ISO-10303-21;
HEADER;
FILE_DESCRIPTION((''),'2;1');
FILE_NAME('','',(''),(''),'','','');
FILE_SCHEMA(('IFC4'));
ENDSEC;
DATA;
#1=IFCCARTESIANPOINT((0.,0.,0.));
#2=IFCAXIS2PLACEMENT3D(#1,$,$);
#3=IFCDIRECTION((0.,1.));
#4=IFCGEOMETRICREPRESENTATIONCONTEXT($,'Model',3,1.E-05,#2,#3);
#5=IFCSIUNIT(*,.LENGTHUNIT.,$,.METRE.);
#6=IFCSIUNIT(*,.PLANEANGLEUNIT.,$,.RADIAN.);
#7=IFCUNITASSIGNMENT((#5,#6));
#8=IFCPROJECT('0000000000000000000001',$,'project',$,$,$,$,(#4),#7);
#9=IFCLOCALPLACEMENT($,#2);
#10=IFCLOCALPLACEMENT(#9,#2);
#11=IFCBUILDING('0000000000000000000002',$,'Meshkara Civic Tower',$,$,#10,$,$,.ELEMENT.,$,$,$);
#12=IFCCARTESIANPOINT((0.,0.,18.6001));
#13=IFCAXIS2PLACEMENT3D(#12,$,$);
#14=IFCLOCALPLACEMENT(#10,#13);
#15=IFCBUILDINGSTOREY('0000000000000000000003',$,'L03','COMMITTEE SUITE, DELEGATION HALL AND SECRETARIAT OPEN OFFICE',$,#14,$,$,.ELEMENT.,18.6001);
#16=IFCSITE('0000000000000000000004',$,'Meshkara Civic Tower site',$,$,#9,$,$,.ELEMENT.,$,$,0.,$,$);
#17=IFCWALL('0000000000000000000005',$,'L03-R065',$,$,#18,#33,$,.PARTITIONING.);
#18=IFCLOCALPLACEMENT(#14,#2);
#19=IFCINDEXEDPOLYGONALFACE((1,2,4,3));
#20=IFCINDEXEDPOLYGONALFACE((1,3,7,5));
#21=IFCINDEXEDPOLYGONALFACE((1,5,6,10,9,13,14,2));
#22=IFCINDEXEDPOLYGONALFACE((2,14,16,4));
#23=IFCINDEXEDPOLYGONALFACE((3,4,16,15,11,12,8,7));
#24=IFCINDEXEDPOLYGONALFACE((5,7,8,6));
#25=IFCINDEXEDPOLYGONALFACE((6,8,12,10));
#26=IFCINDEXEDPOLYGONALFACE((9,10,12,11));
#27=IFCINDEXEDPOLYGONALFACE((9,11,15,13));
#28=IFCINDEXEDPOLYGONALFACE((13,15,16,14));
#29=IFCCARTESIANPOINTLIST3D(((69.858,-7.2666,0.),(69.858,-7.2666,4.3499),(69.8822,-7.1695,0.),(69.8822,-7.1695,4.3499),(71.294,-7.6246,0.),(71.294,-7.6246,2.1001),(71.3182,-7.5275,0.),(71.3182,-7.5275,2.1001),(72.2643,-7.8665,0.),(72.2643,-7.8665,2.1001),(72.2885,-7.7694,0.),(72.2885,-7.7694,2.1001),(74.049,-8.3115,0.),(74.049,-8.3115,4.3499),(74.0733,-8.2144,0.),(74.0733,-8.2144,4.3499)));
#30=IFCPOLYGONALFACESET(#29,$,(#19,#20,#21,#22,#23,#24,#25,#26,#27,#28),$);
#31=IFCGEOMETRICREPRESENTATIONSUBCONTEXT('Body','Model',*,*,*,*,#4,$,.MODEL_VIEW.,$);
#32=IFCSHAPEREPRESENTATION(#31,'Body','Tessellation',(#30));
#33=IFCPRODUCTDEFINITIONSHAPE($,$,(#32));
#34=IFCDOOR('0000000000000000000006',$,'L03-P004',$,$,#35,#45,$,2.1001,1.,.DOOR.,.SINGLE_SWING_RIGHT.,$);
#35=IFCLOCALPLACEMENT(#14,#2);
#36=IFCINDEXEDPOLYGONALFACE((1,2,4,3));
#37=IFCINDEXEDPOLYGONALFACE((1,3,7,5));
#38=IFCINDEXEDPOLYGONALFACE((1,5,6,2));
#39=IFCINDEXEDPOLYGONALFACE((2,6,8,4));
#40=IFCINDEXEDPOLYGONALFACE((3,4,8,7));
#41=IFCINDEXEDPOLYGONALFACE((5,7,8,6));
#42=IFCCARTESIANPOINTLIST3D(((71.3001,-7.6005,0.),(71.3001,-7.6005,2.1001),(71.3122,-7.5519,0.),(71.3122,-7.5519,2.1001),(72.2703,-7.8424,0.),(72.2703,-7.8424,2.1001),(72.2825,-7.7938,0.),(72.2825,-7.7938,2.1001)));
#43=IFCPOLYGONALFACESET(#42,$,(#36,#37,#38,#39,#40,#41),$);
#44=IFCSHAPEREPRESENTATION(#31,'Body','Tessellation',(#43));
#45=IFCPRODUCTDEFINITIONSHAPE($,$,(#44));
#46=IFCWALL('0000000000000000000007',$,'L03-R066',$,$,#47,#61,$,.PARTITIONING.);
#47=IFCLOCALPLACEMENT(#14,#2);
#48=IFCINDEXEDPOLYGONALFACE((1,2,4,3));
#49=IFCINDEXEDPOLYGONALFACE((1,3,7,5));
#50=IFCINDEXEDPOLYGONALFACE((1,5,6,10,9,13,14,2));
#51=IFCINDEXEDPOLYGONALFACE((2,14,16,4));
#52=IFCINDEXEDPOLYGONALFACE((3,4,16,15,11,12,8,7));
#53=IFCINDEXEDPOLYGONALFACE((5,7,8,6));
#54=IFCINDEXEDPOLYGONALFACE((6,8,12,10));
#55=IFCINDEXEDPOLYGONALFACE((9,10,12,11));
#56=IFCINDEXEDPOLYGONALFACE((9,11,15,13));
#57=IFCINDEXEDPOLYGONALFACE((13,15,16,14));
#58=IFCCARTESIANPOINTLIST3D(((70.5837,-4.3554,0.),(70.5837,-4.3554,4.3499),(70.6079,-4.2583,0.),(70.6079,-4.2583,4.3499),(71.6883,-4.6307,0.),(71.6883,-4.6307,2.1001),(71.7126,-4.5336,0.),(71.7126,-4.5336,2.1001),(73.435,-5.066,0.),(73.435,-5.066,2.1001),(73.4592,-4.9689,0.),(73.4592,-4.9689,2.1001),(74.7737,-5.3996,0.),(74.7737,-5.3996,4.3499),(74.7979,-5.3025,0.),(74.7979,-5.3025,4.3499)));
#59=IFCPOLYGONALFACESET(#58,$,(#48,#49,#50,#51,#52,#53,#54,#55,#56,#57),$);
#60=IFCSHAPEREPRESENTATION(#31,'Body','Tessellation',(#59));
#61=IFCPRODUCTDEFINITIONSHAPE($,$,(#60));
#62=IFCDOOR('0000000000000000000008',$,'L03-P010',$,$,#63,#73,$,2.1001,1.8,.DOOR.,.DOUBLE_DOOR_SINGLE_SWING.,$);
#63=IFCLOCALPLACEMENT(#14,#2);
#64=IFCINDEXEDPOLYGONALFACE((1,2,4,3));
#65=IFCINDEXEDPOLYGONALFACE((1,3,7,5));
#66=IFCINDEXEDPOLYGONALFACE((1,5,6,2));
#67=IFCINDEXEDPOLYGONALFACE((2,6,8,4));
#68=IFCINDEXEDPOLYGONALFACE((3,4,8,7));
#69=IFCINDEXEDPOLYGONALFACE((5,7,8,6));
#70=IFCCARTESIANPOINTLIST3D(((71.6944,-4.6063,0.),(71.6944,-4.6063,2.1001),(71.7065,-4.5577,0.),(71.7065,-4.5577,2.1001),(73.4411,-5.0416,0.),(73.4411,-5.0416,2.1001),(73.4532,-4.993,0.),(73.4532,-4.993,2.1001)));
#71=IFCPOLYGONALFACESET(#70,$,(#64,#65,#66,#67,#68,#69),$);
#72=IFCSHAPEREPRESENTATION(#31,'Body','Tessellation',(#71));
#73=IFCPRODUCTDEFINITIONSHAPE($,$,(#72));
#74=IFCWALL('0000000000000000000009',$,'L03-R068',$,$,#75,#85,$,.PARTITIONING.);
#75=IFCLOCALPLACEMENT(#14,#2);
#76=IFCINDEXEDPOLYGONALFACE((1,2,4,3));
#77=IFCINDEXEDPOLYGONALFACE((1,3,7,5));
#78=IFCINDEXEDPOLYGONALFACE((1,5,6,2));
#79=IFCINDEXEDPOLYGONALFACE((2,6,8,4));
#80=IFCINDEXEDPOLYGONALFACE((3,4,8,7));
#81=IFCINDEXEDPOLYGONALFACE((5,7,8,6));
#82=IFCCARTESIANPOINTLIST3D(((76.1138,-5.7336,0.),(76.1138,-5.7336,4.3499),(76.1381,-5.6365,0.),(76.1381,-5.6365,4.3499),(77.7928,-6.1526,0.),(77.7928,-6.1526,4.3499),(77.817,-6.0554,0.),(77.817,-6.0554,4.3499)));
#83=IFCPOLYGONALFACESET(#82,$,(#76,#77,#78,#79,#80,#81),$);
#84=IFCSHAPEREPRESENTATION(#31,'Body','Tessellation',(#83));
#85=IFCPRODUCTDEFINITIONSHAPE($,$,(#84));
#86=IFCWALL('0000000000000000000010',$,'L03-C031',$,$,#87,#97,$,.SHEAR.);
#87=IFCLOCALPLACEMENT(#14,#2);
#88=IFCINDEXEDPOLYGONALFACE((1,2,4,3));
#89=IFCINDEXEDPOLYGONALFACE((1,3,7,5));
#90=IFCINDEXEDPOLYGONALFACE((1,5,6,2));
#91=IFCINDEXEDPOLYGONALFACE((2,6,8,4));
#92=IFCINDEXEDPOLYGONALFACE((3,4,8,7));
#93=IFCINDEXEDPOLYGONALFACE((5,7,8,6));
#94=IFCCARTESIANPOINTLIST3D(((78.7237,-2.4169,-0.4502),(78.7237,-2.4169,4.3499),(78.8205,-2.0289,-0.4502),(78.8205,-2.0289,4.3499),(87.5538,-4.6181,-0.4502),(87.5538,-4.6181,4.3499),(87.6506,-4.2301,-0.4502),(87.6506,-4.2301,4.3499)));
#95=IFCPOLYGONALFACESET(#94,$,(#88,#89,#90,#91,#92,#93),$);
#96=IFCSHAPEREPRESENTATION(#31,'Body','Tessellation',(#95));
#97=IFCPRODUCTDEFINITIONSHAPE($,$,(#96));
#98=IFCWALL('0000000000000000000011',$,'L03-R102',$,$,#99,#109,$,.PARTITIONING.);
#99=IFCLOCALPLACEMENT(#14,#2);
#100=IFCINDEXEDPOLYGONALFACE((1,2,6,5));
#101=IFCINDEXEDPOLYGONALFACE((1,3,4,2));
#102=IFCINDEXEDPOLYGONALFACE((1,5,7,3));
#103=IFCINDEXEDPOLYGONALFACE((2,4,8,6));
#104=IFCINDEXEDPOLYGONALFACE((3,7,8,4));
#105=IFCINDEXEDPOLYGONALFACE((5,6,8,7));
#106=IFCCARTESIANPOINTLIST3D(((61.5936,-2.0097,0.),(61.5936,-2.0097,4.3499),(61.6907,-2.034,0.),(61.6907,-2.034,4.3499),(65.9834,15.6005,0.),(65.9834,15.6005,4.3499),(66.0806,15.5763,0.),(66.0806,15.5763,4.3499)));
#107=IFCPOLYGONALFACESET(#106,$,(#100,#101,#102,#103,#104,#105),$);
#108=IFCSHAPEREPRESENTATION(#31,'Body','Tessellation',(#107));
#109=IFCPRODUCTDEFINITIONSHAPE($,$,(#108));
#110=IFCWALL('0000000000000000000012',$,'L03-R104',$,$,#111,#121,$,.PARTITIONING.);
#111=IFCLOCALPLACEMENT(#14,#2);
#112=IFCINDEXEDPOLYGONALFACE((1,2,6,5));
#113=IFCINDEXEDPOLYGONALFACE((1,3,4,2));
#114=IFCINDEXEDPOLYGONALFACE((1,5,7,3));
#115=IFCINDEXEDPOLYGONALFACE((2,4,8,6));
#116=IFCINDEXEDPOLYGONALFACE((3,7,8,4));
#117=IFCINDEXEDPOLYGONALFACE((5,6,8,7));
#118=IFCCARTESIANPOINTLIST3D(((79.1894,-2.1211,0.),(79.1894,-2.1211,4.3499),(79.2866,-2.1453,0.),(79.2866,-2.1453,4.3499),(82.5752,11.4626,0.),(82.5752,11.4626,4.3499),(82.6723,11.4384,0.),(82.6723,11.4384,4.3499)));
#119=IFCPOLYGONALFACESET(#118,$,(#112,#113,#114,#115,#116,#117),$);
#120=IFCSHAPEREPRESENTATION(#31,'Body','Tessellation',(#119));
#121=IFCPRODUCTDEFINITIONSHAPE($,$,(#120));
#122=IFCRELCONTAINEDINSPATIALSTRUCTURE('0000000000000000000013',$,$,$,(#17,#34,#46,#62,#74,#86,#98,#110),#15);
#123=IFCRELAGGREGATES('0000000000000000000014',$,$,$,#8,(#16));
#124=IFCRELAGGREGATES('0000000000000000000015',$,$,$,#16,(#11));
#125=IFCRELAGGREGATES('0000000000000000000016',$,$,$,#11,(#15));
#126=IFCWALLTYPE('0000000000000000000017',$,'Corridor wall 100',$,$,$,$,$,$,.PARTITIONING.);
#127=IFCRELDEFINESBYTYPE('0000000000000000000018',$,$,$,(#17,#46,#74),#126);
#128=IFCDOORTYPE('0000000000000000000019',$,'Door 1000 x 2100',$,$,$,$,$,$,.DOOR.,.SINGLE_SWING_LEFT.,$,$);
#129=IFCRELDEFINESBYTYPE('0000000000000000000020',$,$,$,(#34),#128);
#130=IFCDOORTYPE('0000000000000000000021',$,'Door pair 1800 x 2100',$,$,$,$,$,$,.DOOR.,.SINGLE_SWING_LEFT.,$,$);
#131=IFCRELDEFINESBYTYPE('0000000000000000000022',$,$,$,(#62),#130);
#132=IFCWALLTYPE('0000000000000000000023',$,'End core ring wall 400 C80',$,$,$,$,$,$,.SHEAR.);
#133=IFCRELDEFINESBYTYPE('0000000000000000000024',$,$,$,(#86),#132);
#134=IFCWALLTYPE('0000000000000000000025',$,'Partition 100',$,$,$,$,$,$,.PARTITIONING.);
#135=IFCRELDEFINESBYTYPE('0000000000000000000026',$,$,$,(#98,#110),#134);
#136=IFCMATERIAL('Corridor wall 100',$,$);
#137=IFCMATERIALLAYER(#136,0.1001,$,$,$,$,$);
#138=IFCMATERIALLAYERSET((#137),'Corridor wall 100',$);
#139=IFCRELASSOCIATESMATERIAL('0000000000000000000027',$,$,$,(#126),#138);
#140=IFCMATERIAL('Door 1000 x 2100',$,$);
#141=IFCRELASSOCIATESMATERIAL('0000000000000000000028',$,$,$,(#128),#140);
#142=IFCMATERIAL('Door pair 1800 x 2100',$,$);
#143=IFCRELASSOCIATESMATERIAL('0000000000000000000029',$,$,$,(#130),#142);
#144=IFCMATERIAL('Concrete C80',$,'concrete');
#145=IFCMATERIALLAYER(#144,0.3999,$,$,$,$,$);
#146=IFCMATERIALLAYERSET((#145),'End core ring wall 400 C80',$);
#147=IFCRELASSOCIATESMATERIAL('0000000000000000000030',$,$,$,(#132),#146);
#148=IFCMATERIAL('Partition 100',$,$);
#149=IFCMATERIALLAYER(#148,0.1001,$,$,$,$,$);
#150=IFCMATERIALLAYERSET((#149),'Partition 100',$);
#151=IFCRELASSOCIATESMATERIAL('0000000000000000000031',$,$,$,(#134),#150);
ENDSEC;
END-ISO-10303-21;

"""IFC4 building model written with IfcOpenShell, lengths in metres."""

from ifc_helpers import new_model, si_unit, direction, frame, frame_2d, origin, place, context, subcontext, project, spatial, rectangle, extrude, material, layer, layer_set, type_object, element, fill, save


model = new_model("IFC4")

# Units and contexts
model_context = context("Model", 3, precision=1e-05, world=origin(), true_north=direction((0.0, 1.0)))
body_context = subcontext(model_context, "Body", "Model", "MODEL_VIEW")
ifc_project = project(units=[si_unit("LENGTHUNIT", "METRE"), si_unit("PLANEANGLEUNIT", "RADIAN")], contexts=[model_context])

# Site, building, storey
site_placement = place(None, origin())
site = spatial("IfcSite", under=ifc_project, at=site_placement, Name="Meshkara Civic Tower site", CompositionType="ELEMENT", RefElevation=0.0)
building_placement = place(site_placement, origin())
building = spatial("IfcBuilding", under=site, at=building_placement, Name="Meshkara Civic Tower", CompositionType="ELEMENT")
storey_placement = place(building_placement, frame((0.0, 0.0, 18.6001)))
storey = spatial("IfcBuildingStorey", under=building, at=storey_placement, Name="L03", Description="COMMITTEE SUITE, DELEGATION HALL AND SECRETARIAT OPEN OFFICE", CompositionType="ELEMENT", Elevation=18.6001)

# Shared definitions
ifc_material_1 = material(Name="Corridor wall 100")
ifc_layer_1 = layer(ifc_material_1, 0.1001)
ifc_layer_set_1 = layer_set([ifc_layer_1], Name="Corridor wall 100")
wall_type_1 = type_object("IfcWallType", Name="Corridor wall 100", PredefinedType="PARTITIONING", material=ifc_layer_set_1)
ifc_material_2 = material(Name="Door 1000 x 2100")
door_type_1 = type_object("IfcDoorType", Name="Door 1000 x 2100", OperationType="SINGLE_SWING_LEFT", PredefinedType="DOOR", material=ifc_material_2)
ifc_material_3 = material(Name="Door pair 1800 x 2100")
door_type_2 = type_object("IfcDoorType", Name="Door pair 1800 x 2100", OperationType="SINGLE_SWING_LEFT", PredefinedType="DOOR", material=ifc_material_3)

# Walls, openings, doors
wall_1_placement = place(storey_placement, frame((69.8701, -7.218, 0.0), z_axis=(0.0, 0.0, 1.0), x_axis=(0.970295, -0.241924, 0.0)))
wall_1 = element("IfcWall", 1, at=wall_1_placement, inside=storey, type_object=wall_type_1, Name="L03-R065", PredefinedType="PARTITIONING", context=body_context, shape_type="SweptSolid", body=[
    extrude(rectangle(XDim=4.3193, YDim=0.1001, at=frame_2d((2.1597, 0.0))), origin(), (0.0, 0.0, 1.0), 4.3499),
])
opening_1_placement = place(wall_1_placement, frame((1.48, 0.0, 0.0)))
opening_1 = element("IfcOpeningElement", 2, at=opening_1_placement, cuts=wall_1, PredefinedType="OPENING", context=body_context, shape_type="SweptSolid", body=[
    extrude(rectangle(XDim=1.0, YDim=2.1001, at=frame_2d((0.5, 1.05))), frame((0.0, 0.0601, 0.0), z_axis=(0.0, -1.0, 0.0), x_axis=(1.0, 0.0, 0.0)), (0.0, 0.0, 1.0), 0.1201),
])
door_1_placement = place(opening_1_placement, origin())
door_1 = element("IfcDoor", 3, at=door_1_placement, inside=storey, type_object=door_type_1, Name="L03-P004", OperationType="SINGLE_SWING_RIGHT", OverallHeight=2.1001, OverallWidth=1.0, PredefinedType="DOOR", context=body_context, shape_type="SweptSolid", body=[
    extrude(rectangle(XDim=1.0, YDim=2.1001, at=frame_2d((0.5, 1.05))), frame((0.0, 0.0249, 0.0), z_axis=(0.0, -1.0, 0.0), x_axis=(1.0, 0.0, 0.0)), (0.0, 0.0, 1.0), 0.05),
])
fill(opening_1, door_1)
wall_2_placement = place(storey_placement, frame((74.7859, -5.3511, 0.0), z_axis=(0.0, 0.0, 1.0), x_axis=(-0.970322, 0.241817, 0.0)))
wall_2 = element("IfcWall", 4, at=wall_2_placement, inside=storey, type_object=wall_type_1, Name="L03-R066", PredefinedType="PARTITIONING", context=body_context, shape_type="SweptSolid", body=[
    extrude(rectangle(XDim=4.3181, YDim=0.1001, at=frame_2d((2.1592, 0.0))), origin(), (0.0, 0.0, 1.0), 4.3499),
])
opening_2_placement = place(wall_2_placement, frame((1.3799, 0.0, 0.0)))
opening_2 = element("IfcOpeningElement", 5, at=opening_2_placement, cuts=wall_2, PredefinedType="OPENING", context=body_context, shape_type="SweptSolid", body=[
    extrude(rectangle(XDim=1.8, YDim=2.1001, at=frame_2d((0.8999, 1.05))), frame((0.0, 0.0601, 0.0), z_axis=(0.0, -1.0, 0.0), x_axis=(1.0, 0.0, 0.0)), (0.0, 0.0, 1.0), 0.1201),
])
door_2_placement = place(opening_2_placement, origin())
door_2 = element("IfcDoor", 6, at=door_2_placement, inside=storey, type_object=door_type_2, Name="L03-P010", OperationType="DOUBLE_DOOR_SINGLE_SWING", OverallHeight=2.1001, OverallWidth=1.8, PredefinedType="DOOR", context=body_context, shape_type="SweptSolid", body=[
    extrude(rectangle(XDim=1.8, YDim=2.1001, at=frame_2d((0.8999, 1.05))), frame((0.0, 0.0249, 0.0), z_axis=(0.0, -1.0, 0.0), x_axis=(1.0, 0.0, 0.0)), (0.0, 0.0, 1.0), 0.05),
])
fill(opening_2, door_2)

# Walls
wall_3_placement = place(storey_placement, frame((77.8049, -6.104, 0.0), z_axis=(0.0, 0.0, 1.0), x_axis=(-0.97025, 0.242104, 0.0)))
element("IfcWall", 7, at=wall_3_placement, inside=storey, type_object=wall_type_1, Name="L03-R068", PredefinedType="PARTITIONING", context=body_context, shape_type="SweptSolid", body=[
    extrude(rectangle(XDim=1.7305, YDim=0.1001, at=frame_2d((0.8652, 0.0))), origin(), (0.0, 0.0, 1.0), 4.3499),
])
ifc_material_4 = material(Name="Concrete C80", Category="concrete")
ifc_layer_2 = layer(ifc_material_4, 0.3999)
ifc_layer_set_2 = layer_set([ifc_layer_2], Name="End core ring wall 400 C80")
wall_type_2 = type_object("IfcWallType", Name="End core ring wall 400 C80", PredefinedType="SHEAR", material=ifc_layer_set_2)
wall_4_placement = place(storey_placement, frame((78.772, -2.2229, -0.4502), z_axis=(0.0, 0.0, 1.0), x_axis=(0.970306, -0.241879, 0.0)))
element("IfcWall", 8, at=wall_4_placement, inside=storey, type_object=wall_type_2, Name="L03-C031", PredefinedType="SHEAR", context=body_context, shape_type="SweptSolid", body=[
    extrude(rectangle(XDim=9.1003, YDim=0.3999, at=frame_2d((4.5503, 0.0))), origin(), (0.0, 0.0, 1.0), 4.8),
])
ifc_material_5 = material(Name="Partition 100")
ifc_layer_3 = layer(ifc_material_5, 0.1001)
ifc_layer_set_3 = layer_set([ifc_layer_3], Name="Partition 100")
wall_type_3 = type_object("IfcWallType", Name="Partition 100", PredefinedType="PARTITIONING", material=ifc_layer_set_3)
wall_5_placement = place(storey_placement, frame((61.6421, -2.022, 0.0), z_axis=(0.0, 0.0, 1.0), x_axis=(0.241877, 0.970307, 0.0)))
element("IfcWall", 9, at=wall_5_placement, inside=storey, type_object=wall_type_3, Name="L03-R102", PredefinedType="PARTITIONING", context=body_context, shape_type="SweptSolid", body=[
    extrude(rectangle(XDim=18.1492, YDim=0.1001, at=frame_2d((9.0747, 0.0))), origin(), (0.0, 0.0, 1.0), 4.3499),
])
wall_6_placement = place(storey_placement, frame((79.238, -2.1331, 0.0), z_axis=(0.0, 0.0, 1.0), x_axis=(0.24185, 0.970314, 0.0)))
element("IfcWall", 10, at=wall_6_placement, inside=storey, type_object=wall_type_3, Name="L03-R104", PredefinedType="PARTITIONING", context=body_context, shape_type="SweptSolid", body=[
    extrude(rectangle(XDim=13.9993, YDim=0.1001, at=frame_2d((6.9995, 0.0))), origin(), (0.0, 0.0, 1.0), 4.3499),
])

save(model, "model.ifc")
